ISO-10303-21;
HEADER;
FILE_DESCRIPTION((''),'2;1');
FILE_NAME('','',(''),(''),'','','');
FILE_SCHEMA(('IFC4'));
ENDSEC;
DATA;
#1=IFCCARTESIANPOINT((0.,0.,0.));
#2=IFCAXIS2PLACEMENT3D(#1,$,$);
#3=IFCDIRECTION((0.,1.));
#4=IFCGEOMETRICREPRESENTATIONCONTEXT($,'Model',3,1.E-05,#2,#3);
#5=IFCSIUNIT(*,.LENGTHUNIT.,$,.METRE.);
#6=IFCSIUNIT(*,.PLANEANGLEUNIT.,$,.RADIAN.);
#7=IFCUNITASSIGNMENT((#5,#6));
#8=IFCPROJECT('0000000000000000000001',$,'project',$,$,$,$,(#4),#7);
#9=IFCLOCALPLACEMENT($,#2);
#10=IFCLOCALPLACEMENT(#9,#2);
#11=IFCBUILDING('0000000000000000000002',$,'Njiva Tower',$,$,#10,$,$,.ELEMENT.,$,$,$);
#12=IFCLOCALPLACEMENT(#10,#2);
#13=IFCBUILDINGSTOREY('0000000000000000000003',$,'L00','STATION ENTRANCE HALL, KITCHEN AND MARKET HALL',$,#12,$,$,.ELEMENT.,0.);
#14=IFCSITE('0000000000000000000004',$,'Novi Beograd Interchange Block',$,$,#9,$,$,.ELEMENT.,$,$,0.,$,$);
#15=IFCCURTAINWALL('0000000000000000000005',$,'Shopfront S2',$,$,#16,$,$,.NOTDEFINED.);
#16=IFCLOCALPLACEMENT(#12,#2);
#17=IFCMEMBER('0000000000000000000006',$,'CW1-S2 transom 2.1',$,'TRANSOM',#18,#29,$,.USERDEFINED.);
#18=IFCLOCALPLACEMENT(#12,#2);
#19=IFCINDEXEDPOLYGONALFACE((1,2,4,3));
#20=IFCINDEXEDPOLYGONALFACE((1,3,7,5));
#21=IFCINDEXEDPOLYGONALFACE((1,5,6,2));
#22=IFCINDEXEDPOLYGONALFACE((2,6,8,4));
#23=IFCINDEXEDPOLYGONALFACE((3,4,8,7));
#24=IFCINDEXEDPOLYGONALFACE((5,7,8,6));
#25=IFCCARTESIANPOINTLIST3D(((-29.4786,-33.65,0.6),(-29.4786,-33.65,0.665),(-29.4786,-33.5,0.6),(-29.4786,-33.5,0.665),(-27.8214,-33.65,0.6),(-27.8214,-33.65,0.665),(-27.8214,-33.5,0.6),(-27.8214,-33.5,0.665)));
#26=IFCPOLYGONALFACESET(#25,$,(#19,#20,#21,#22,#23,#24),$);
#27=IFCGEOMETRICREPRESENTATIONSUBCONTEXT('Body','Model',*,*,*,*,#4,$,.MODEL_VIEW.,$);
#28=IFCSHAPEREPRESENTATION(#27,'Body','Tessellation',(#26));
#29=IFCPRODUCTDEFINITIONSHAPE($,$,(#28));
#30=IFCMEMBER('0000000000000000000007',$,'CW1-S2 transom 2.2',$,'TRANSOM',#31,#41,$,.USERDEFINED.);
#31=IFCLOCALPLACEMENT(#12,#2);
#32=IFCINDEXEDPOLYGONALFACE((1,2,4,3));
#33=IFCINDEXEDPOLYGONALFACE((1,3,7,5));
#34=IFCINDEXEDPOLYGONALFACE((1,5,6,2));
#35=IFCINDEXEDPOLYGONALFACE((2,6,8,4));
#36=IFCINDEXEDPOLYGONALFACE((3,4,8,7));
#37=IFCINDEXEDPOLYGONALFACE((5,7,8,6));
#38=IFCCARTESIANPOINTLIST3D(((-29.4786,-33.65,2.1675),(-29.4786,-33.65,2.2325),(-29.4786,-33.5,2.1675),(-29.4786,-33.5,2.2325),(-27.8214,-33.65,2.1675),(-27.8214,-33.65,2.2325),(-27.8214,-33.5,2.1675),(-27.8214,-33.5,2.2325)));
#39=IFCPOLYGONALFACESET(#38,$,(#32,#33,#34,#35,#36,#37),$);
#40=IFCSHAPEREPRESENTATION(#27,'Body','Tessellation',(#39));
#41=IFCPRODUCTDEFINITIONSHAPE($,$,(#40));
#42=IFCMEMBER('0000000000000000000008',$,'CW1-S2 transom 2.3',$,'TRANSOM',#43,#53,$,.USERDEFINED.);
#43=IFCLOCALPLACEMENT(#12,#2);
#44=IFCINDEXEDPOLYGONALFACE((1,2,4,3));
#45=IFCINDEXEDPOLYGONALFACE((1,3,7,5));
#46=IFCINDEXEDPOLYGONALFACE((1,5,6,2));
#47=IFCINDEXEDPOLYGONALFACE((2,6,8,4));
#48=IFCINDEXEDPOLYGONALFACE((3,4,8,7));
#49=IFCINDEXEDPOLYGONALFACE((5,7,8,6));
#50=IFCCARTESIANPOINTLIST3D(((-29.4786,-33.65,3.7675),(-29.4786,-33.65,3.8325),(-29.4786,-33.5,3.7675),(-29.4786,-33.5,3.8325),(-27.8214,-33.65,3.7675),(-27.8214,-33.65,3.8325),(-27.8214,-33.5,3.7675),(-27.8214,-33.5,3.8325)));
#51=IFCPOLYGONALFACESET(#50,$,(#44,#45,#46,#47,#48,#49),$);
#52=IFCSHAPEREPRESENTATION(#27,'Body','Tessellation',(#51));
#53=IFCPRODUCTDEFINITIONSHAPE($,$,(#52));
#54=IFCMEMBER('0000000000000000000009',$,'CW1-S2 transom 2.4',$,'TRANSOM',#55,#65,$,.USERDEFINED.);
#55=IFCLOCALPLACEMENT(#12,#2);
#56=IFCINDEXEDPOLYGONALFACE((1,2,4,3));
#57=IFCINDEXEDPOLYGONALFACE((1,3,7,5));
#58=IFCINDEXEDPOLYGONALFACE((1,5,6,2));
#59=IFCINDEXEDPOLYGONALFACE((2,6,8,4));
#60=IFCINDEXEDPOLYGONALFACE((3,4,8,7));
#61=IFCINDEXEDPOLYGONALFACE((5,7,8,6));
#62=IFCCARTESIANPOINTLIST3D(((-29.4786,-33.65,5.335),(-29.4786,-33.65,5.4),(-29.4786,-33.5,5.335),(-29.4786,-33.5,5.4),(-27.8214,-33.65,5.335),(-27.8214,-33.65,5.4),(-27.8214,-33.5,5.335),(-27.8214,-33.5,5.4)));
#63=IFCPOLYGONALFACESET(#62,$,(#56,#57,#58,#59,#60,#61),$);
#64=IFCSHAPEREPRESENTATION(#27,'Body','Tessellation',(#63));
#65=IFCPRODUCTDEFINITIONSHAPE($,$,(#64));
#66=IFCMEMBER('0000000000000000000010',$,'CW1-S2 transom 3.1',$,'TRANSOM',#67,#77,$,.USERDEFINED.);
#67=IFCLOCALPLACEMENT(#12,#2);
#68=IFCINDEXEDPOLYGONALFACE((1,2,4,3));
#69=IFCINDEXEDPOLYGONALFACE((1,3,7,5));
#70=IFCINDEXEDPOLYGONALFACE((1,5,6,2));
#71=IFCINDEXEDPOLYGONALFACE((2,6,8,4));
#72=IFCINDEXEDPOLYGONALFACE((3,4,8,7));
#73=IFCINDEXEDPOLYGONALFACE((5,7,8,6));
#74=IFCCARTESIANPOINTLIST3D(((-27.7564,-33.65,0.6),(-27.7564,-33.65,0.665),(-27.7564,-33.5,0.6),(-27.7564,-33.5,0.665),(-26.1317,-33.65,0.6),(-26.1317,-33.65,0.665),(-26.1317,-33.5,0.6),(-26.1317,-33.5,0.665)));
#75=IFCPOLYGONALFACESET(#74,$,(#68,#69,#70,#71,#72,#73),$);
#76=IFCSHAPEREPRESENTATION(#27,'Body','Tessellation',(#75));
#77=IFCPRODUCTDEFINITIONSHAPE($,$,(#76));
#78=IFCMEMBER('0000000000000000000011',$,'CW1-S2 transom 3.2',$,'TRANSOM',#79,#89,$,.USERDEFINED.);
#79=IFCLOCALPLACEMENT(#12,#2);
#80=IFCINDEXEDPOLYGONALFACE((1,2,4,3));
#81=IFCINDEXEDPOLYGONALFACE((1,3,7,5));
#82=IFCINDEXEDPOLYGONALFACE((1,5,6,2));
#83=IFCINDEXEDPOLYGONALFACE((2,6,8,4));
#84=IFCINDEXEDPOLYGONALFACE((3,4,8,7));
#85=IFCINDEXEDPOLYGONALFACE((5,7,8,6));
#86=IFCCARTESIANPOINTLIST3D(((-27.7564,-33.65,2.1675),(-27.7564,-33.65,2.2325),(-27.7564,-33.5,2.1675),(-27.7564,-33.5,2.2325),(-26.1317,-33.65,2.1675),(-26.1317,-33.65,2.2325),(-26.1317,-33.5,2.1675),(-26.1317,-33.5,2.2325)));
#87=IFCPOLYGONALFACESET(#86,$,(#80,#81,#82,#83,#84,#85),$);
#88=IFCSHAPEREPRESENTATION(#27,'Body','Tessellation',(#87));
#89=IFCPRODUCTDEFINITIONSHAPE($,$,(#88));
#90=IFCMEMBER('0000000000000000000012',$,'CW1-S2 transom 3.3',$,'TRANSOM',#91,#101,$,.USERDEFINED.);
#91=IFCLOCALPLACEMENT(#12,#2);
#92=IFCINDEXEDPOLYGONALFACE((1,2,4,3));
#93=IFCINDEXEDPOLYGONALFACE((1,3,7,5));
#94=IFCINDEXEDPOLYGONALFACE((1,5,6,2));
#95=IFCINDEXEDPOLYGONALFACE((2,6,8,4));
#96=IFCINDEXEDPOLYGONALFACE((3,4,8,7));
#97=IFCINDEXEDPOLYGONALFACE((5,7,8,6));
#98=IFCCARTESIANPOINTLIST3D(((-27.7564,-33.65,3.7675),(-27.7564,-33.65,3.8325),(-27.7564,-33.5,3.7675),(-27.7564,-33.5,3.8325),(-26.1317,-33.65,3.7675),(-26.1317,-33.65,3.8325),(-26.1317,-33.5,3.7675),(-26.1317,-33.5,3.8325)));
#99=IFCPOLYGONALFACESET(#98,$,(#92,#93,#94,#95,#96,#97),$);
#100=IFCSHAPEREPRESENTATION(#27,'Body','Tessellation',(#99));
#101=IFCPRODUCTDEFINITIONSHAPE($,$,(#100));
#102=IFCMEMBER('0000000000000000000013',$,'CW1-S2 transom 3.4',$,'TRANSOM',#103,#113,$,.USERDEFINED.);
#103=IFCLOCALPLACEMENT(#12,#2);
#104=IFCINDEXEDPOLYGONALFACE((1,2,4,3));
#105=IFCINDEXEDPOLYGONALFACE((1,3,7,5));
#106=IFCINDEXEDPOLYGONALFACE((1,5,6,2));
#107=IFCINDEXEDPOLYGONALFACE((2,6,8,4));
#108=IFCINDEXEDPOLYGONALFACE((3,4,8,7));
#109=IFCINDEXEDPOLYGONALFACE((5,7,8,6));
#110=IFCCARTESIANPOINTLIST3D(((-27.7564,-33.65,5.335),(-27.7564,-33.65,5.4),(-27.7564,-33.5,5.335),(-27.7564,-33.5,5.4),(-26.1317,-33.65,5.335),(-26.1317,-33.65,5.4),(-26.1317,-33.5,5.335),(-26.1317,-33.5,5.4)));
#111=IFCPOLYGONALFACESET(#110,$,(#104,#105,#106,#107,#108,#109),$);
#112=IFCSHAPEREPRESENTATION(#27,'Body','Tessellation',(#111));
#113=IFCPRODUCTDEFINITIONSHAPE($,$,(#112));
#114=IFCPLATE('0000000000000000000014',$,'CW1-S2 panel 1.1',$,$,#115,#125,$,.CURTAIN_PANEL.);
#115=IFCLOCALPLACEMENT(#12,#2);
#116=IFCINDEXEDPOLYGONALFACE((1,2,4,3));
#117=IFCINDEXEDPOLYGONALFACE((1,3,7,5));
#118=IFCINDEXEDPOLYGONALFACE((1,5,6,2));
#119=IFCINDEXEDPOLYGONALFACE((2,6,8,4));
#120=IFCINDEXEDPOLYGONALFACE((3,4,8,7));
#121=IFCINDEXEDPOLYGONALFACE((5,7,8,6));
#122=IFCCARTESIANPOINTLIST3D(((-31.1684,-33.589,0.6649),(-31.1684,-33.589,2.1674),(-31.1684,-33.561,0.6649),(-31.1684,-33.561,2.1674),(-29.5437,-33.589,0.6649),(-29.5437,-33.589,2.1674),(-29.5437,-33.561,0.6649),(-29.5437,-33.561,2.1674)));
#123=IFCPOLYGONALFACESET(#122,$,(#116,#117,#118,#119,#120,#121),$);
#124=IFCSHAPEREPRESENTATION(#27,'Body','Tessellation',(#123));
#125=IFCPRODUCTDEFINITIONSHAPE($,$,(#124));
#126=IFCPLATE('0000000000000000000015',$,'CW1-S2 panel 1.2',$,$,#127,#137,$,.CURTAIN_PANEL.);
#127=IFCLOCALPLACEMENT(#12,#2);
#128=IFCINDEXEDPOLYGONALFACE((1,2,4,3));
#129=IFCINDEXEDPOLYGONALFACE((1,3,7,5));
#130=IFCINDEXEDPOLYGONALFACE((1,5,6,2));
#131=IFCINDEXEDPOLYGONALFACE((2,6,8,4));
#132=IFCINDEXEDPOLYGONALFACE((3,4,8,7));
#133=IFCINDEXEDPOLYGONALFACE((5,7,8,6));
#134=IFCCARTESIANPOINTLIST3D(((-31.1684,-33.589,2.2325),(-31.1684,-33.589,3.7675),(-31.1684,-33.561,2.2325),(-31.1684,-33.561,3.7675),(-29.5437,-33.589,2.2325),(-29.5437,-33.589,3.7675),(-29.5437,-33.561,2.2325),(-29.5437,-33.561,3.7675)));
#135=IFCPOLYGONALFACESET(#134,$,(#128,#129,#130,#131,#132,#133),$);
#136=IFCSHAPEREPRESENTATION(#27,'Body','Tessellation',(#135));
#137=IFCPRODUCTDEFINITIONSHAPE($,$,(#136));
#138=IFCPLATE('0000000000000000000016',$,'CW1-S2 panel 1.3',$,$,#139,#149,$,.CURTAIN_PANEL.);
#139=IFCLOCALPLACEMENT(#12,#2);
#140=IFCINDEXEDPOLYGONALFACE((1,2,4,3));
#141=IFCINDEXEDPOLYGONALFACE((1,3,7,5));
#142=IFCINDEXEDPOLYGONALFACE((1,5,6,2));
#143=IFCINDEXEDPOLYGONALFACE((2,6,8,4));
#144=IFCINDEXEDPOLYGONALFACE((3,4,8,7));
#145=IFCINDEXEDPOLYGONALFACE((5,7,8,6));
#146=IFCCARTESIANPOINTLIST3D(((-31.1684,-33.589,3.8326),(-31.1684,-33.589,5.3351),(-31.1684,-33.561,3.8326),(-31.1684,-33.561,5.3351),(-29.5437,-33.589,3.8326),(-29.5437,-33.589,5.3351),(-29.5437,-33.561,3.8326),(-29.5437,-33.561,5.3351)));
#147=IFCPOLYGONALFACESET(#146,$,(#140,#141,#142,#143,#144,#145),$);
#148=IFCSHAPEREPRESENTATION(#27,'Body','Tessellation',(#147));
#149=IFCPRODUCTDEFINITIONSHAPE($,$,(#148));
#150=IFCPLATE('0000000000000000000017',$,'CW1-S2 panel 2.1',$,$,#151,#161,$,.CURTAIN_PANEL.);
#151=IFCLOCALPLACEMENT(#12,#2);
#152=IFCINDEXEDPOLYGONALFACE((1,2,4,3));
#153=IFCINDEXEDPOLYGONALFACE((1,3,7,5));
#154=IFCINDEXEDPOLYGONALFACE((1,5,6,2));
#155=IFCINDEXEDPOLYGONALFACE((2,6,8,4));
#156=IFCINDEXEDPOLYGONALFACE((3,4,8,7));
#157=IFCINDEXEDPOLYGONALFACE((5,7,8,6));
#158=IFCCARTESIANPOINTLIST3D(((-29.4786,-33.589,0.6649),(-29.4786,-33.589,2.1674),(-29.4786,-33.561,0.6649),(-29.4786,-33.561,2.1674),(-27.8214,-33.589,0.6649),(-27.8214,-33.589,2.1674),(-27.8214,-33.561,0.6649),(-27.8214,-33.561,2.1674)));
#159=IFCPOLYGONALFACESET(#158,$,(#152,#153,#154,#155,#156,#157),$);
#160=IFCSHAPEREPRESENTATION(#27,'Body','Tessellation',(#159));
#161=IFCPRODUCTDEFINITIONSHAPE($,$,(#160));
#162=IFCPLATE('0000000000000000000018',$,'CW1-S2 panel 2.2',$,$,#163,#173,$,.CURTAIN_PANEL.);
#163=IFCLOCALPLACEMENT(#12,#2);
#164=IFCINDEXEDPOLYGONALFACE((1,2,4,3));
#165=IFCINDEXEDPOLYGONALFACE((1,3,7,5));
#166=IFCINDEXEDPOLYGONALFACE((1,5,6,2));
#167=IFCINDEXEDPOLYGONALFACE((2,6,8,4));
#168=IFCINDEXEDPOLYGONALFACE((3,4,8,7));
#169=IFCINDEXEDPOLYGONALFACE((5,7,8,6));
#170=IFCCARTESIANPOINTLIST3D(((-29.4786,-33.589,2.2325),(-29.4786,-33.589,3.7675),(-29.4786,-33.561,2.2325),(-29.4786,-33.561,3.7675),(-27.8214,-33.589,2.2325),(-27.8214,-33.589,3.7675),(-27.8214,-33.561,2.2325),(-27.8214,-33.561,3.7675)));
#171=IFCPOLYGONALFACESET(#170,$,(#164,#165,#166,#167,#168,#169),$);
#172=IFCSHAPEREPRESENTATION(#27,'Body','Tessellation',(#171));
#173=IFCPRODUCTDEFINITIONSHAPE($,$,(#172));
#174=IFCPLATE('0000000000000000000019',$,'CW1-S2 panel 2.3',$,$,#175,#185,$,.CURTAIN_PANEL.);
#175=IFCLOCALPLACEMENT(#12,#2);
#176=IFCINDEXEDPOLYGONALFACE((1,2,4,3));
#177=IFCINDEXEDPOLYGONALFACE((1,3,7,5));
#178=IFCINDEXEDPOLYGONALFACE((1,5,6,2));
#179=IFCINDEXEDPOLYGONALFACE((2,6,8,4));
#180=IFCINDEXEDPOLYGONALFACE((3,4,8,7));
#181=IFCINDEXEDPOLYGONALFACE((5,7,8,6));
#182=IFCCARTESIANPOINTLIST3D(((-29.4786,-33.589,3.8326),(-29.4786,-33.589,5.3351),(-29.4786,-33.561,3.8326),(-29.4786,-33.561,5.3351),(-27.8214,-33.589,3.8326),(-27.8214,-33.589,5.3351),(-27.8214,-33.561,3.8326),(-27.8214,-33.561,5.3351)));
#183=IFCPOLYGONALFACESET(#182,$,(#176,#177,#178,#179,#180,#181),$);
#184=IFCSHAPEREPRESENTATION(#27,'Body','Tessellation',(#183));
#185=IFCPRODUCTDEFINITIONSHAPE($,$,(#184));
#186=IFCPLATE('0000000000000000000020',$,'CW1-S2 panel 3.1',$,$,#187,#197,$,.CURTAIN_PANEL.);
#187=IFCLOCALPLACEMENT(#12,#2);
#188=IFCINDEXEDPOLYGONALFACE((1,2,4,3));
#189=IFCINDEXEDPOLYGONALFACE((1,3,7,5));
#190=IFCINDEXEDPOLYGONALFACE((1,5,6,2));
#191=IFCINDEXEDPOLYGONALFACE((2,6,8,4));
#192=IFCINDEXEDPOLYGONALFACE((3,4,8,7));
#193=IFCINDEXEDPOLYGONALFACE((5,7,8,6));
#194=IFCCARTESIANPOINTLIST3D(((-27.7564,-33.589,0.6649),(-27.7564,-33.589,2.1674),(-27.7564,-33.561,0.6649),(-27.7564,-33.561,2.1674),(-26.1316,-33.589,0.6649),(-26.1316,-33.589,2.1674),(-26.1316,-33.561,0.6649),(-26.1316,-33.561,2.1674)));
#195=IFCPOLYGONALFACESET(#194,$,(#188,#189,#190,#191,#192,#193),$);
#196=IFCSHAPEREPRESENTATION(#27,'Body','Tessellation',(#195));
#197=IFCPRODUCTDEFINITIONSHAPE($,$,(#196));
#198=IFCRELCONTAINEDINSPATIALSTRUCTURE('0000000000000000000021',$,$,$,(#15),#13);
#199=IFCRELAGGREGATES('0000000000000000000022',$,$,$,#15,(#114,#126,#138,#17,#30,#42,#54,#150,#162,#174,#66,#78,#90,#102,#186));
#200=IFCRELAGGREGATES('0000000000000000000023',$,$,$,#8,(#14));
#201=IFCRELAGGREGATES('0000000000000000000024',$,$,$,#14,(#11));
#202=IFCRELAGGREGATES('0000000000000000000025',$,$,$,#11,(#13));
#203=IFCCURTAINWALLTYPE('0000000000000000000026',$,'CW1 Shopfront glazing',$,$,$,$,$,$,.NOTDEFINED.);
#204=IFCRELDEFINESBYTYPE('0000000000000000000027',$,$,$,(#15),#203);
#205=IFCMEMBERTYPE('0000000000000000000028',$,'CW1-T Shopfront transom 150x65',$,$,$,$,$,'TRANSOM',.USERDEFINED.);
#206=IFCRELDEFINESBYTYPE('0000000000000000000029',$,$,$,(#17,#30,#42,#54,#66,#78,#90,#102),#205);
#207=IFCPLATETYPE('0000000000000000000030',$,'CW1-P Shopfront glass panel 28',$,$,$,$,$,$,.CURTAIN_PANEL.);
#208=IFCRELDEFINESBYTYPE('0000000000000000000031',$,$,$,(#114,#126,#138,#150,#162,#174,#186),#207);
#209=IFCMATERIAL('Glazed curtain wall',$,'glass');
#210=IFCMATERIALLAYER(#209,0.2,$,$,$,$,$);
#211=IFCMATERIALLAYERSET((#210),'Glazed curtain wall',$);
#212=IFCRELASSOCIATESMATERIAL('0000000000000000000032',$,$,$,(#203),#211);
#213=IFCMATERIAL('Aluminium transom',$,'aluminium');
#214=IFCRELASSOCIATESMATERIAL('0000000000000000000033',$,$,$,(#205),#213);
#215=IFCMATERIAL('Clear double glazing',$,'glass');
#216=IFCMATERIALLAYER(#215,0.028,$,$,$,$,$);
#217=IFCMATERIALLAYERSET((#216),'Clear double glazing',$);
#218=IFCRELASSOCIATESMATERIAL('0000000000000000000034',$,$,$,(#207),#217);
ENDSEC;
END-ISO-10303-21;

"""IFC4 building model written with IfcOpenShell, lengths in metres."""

from ifc_helpers import new_model, si_unit, direction, frame, origin, origin_2d, place, context, subcontext, project, spatial, rectangle, extrude, material, layer, layer_set, material_profile, profile_set, type_object, element, aggregate, save


model = new_model("IFC4")

# Units and contexts
model_context = context("Model", 3, precision=1e-05, world=origin(), true_north=direction((0.0, 1.0)))
body_context = subcontext(model_context, "Body", "Model", "MODEL_VIEW")
ifc_project = project(units=[si_unit("LENGTHUNIT", "METRE"), si_unit("PLANEANGLEUNIT", "RADIAN")], contexts=[model_context])

# Site, building, storey
site_placement = place(None, origin())
site = spatial("IfcSite", under=ifc_project, at=site_placement, Name="Novi Beograd Interchange Block", CompositionType="ELEMENT", RefElevation=0.0)
building_placement = place(site_placement, origin())
building = spatial("IfcBuilding", under=site, at=building_placement, Name="Njiva Tower", CompositionType="ELEMENT")
storey_placement = place(building_placement, origin())
storey = spatial("IfcBuildingStorey", under=building, at=storey_placement, Name="L00", Description="STATION ENTRANCE HALL, KITCHEN AND MARKET HALL", CompositionType="ELEMENT", Elevation=0.0)

# Curtain wall, members, plates
ifc_material_1 = material(Name="Glazed curtain wall", Category="glass")
ifc_layer_1 = layer(ifc_material_1, 0.2)
ifc_layer_set_1 = layer_set([ifc_layer_1], Name="Glazed curtain wall")
curtain_wall_type = type_object("IfcCurtainWallType", Name="CW1 Shopfront glazing", PredefinedType="NOTDEFINED", material=ifc_layer_set_1)
curtain_wall_placement = place(storey_placement, origin())
curtain_wall = element("IfcCurtainWall", 1, at=curtain_wall_placement, inside=storey, type_object=curtain_wall_type, Name="Shopfront S2", PredefinedType="NOTDEFINED")
ifc_material_2 = material(Name="Aluminium transom", Category="aluminium")
ifc_material_profile_1 = material_profile(ifc_material_2, rectangle(XDim=0.15, YDim=0.065, at=origin_2d()), Name="RECT 150x65")
ifc_profile_set_1 = profile_set([ifc_material_profile_1], Name="Aluminium transom")
member_type_1 = type_object("IfcMemberType", Name="CW1-T Shopfront transom 150x65", ElementType="TRANSOM", PredefinedType="USERDEFINED", material=ifc_profile_set_1)
member_1_placement = place(storey_placement, frame((-29.4786, -33.575, 0.6325), z_axis=(1.0, 0.0, 0.0), x_axis=(0.0, 1.0, 0.0)))
member_1 = element("IfcMember", 2, at=member_1_placement, type_object=member_type_1, Name="CW1-S2 transom 2.1", ObjectType="TRANSOM", PredefinedType="USERDEFINED", context=body_context, shape_type="SweptSolid", body=[
    extrude(rectangle(XDim=0.15, YDim=0.065, at=origin_2d()), origin(), (0.0, 0.0, 1.0), 1.6572),
])
member_2_placement = place(storey_placement, frame((-29.4786, -33.575, 2.2), z_axis=(1.0, 0.0, 0.0), x_axis=(0.0, 1.0, 0.0)))
member_2 = element("IfcMember", 3, at=member_2_placement, type_object=member_type_1, Name="CW1-S2 transom 2.2", ObjectType="TRANSOM", PredefinedType="USERDEFINED", context=body_context, shape_type="SweptSolid", body=[
    extrude(rectangle(XDim=0.15, YDim=0.065, at=origin_2d()), origin(), (0.0, 0.0, 1.0), 1.6572),
])
member_3_placement = place(storey_placement, frame((-29.4786, -33.575, 3.8), z_axis=(1.0, 0.0, 0.0), x_axis=(0.0, 1.0, 0.0)))
member_3 = element("IfcMember", 4, at=member_3_placement, type_object=member_type_1, Name="CW1-S2 transom 2.3", ObjectType="TRANSOM", PredefinedType="USERDEFINED", context=body_context, shape_type="SweptSolid", body=[
    extrude(rectangle(XDim=0.15, YDim=0.065, at=origin_2d()), origin(), (0.0, 0.0, 1.0), 1.6572),
])
member_4_placement = place(storey_placement, frame((-29.4786, -33.575, 5.3675), z_axis=(1.0, 0.0, 0.0), x_axis=(0.0, 1.0, 0.0)))
member_4 = element("IfcMember", 5, at=member_4_placement, type_object=member_type_1, Name="CW1-S2 transom 2.4", ObjectType="TRANSOM", PredefinedType="USERDEFINED", context=body_context, shape_type="SweptSolid", body=[
    extrude(rectangle(XDim=0.15, YDim=0.065, at=origin_2d()), origin(), (0.0, 0.0, 1.0), 1.6572),
])
member_5_placement = place(storey_placement, frame((-27.7564, -33.575, 0.6325), z_axis=(1.0, 0.0, 0.0), x_axis=(0.0, 1.0, 0.0)))
member_5 = element("IfcMember", 6, at=member_5_placement, type_object=member_type_1, Name="CW1-S2 transom 3.1", ObjectType="TRANSOM", PredefinedType="USERDEFINED", context=body_context, shape_type="SweptSolid", body=[
    extrude(rectangle(XDim=0.15, YDim=0.065, at=origin_2d()), origin(), (0.0, 0.0, 1.0), 1.6247),
])
member_6_placement = place(storey_placement, frame((-27.7564, -33.575, 2.2), z_axis=(1.0, 0.0, 0.0), x_axis=(0.0, 1.0, 0.0)))
member_6 = element("IfcMember", 7, at=member_6_placement, type_object=member_type_1, Name="CW1-S2 transom 3.2", ObjectType="TRANSOM", PredefinedType="USERDEFINED", context=body_context, shape_type="SweptSolid", body=[
    extrude(rectangle(XDim=0.15, YDim=0.065, at=origin_2d()), origin(), (0.0, 0.0, 1.0), 1.6247),
])
member_7_placement = place(storey_placement, frame((-27.7564, -33.575, 3.8), z_axis=(1.0, 0.0, 0.0), x_axis=(0.0, 1.0, 0.0)))
member_7 = element("IfcMember", 8, at=member_7_placement, type_object=member_type_1, Name="CW1-S2 transom 3.3", ObjectType="TRANSOM", PredefinedType="USERDEFINED", context=body_context, shape_type="SweptSolid", body=[
    extrude(rectangle(XDim=0.15, YDim=0.065, at=origin_2d()), origin(), (0.0, 0.0, 1.0), 1.6247),
])
member_8_placement = place(storey_placement, frame((-27.7564, -33.575, 5.3675), z_axis=(1.0, 0.0, 0.0), x_axis=(0.0, 1.0, 0.0)))
member_8 = element("IfcMember", 9, at=member_8_placement, type_object=member_type_1, Name="CW1-S2 transom 3.4", ObjectType="TRANSOM", PredefinedType="USERDEFINED", context=body_context, shape_type="SweptSolid", body=[
    extrude(rectangle(XDim=0.15, YDim=0.065, at=origin_2d()), origin(), (0.0, 0.0, 1.0), 1.6247),
])
ifc_material_3 = material(Name="Clear double glazing", Category="glass")
ifc_layer_2 = layer(ifc_material_3, 0.028)
ifc_layer_set_2 = layer_set([ifc_layer_2], Name="Clear double glazing")
plate_type = type_object("IfcPlateType", Name="CW1-P Shopfront glass panel 28", PredefinedType="CURTAIN_PANEL", material=ifc_layer_set_2)
plate_1_placement = place(storey_placement, frame((-30.356, -33.575, 0.6649), z_axis=(0.0, 0.0, 1.0), x_axis=(1.0, 0.0, 0.0)))
plate_1 = element("IfcPlate", 10, at=plate_1_placement, type_object=plate_type, Name="CW1-S2 panel 1.1", PredefinedType="CURTAIN_PANEL", context=body_context, shape_type="SweptSolid", body=[
    extrude(rectangle(XDim=1.6247, YDim=0.028, at=origin_2d()), origin(), (0.0, 0.0, 1.0), 1.5025),
])
plate_2_placement = place(storey_placement, frame((-30.356, -33.575, 2.2325), z_axis=(0.0, 0.0, 1.0), x_axis=(1.0, 0.0, 0.0)))
plate_2 = element("IfcPlate", 11, at=plate_2_placement, type_object=plate_type, Name="CW1-S2 panel 1.2", PredefinedType="CURTAIN_PANEL", context=body_context, shape_type="SweptSolid", body=[
    extrude(rectangle(XDim=1.6247, YDim=0.028, at=origin_2d()), origin(), (0.0, 0.0, 1.0), 1.535),
])
plate_3_placement = place(storey_placement, frame((-30.356, -33.575, 3.8326), z_axis=(0.0, 0.0, 1.0), x_axis=(1.0, 0.0, 0.0)))
plate_3 = element("IfcPlate", 12, at=plate_3_placement, type_object=plate_type, Name="CW1-S2 panel 1.3", PredefinedType="CURTAIN_PANEL", context=body_context, shape_type="SweptSolid", body=[
    extrude(rectangle(XDim=1.6247, YDim=0.028, at=origin_2d()), origin(), (0.0, 0.0, 1.0), 1.5025),
])
plate_4_placement = place(storey_placement, frame((-28.65, -33.575, 0.6649), z_axis=(0.0, 0.0, 1.0), x_axis=(1.0, 0.0, 0.0)))
plate_4 = element("IfcPlate", 13, at=plate_4_placement, type_object=plate_type, Name="CW1-S2 panel 2.1", PredefinedType="CURTAIN_PANEL", context=body_context, shape_type="SweptSolid", body=[
    extrude(rectangle(XDim=1.6572, YDim=0.028, at=origin_2d()), origin(), (0.0, 0.0, 1.0), 1.5025),
])
plate_5_placement = place(storey_placement, frame((-28.65, -33.575, 2.2325), z_axis=(0.0, 0.0, 1.0), x_axis=(1.0, 0.0, 0.0)))
plate_5 = element("IfcPlate", 14, at=plate_5_placement, type_object=plate_type, Name="CW1-S2 panel 2.2", PredefinedType="CURTAIN_PANEL", context=body_context, shape_type="SweptSolid", body=[
    extrude(rectangle(XDim=1.6572, YDim=0.028, at=origin_2d()), origin(), (0.0, 0.0, 1.0), 1.535),
])
plate_6_placement = place(storey_placement, frame((-28.65, -33.575, 3.8326), z_axis=(0.0, 0.0, 1.0), x_axis=(1.0, 0.0, 0.0)))
plate_6 = element("IfcPlate", 15, at=plate_6_placement, type_object=plate_type, Name="CW1-S2 panel 2.3", PredefinedType="CURTAIN_PANEL", context=body_context, shape_type="SweptSolid", body=[
    extrude(rectangle(XDim=1.6572, YDim=0.028, at=origin_2d()), origin(), (0.0, 0.0, 1.0), 1.5025),
])
plate_7_placement = place(storey_placement, frame((-26.944, -33.575, 0.6649), z_axis=(0.0, 0.0, 1.0), x_axis=(1.0, 0.0, 0.0)))
plate_7 = element("IfcPlate", 16, at=plate_7_placement, type_object=plate_type, Name="CW1-S2 panel 3.1", PredefinedType="CURTAIN_PANEL", context=body_context, shape_type="SweptSolid", body=[
    extrude(rectangle(XDim=1.6247, YDim=0.028, at=origin_2d()), origin(), (0.0, 0.0, 1.0), 1.5025),
])
aggregate(curtain_wall, [plate_1, plate_2, plate_3, member_1, member_2, member_3, member_4, plate_4, plate_5, plate_6, member_5, member_6, member_7, member_8, plate_7])

save(model, "model.ifc")
